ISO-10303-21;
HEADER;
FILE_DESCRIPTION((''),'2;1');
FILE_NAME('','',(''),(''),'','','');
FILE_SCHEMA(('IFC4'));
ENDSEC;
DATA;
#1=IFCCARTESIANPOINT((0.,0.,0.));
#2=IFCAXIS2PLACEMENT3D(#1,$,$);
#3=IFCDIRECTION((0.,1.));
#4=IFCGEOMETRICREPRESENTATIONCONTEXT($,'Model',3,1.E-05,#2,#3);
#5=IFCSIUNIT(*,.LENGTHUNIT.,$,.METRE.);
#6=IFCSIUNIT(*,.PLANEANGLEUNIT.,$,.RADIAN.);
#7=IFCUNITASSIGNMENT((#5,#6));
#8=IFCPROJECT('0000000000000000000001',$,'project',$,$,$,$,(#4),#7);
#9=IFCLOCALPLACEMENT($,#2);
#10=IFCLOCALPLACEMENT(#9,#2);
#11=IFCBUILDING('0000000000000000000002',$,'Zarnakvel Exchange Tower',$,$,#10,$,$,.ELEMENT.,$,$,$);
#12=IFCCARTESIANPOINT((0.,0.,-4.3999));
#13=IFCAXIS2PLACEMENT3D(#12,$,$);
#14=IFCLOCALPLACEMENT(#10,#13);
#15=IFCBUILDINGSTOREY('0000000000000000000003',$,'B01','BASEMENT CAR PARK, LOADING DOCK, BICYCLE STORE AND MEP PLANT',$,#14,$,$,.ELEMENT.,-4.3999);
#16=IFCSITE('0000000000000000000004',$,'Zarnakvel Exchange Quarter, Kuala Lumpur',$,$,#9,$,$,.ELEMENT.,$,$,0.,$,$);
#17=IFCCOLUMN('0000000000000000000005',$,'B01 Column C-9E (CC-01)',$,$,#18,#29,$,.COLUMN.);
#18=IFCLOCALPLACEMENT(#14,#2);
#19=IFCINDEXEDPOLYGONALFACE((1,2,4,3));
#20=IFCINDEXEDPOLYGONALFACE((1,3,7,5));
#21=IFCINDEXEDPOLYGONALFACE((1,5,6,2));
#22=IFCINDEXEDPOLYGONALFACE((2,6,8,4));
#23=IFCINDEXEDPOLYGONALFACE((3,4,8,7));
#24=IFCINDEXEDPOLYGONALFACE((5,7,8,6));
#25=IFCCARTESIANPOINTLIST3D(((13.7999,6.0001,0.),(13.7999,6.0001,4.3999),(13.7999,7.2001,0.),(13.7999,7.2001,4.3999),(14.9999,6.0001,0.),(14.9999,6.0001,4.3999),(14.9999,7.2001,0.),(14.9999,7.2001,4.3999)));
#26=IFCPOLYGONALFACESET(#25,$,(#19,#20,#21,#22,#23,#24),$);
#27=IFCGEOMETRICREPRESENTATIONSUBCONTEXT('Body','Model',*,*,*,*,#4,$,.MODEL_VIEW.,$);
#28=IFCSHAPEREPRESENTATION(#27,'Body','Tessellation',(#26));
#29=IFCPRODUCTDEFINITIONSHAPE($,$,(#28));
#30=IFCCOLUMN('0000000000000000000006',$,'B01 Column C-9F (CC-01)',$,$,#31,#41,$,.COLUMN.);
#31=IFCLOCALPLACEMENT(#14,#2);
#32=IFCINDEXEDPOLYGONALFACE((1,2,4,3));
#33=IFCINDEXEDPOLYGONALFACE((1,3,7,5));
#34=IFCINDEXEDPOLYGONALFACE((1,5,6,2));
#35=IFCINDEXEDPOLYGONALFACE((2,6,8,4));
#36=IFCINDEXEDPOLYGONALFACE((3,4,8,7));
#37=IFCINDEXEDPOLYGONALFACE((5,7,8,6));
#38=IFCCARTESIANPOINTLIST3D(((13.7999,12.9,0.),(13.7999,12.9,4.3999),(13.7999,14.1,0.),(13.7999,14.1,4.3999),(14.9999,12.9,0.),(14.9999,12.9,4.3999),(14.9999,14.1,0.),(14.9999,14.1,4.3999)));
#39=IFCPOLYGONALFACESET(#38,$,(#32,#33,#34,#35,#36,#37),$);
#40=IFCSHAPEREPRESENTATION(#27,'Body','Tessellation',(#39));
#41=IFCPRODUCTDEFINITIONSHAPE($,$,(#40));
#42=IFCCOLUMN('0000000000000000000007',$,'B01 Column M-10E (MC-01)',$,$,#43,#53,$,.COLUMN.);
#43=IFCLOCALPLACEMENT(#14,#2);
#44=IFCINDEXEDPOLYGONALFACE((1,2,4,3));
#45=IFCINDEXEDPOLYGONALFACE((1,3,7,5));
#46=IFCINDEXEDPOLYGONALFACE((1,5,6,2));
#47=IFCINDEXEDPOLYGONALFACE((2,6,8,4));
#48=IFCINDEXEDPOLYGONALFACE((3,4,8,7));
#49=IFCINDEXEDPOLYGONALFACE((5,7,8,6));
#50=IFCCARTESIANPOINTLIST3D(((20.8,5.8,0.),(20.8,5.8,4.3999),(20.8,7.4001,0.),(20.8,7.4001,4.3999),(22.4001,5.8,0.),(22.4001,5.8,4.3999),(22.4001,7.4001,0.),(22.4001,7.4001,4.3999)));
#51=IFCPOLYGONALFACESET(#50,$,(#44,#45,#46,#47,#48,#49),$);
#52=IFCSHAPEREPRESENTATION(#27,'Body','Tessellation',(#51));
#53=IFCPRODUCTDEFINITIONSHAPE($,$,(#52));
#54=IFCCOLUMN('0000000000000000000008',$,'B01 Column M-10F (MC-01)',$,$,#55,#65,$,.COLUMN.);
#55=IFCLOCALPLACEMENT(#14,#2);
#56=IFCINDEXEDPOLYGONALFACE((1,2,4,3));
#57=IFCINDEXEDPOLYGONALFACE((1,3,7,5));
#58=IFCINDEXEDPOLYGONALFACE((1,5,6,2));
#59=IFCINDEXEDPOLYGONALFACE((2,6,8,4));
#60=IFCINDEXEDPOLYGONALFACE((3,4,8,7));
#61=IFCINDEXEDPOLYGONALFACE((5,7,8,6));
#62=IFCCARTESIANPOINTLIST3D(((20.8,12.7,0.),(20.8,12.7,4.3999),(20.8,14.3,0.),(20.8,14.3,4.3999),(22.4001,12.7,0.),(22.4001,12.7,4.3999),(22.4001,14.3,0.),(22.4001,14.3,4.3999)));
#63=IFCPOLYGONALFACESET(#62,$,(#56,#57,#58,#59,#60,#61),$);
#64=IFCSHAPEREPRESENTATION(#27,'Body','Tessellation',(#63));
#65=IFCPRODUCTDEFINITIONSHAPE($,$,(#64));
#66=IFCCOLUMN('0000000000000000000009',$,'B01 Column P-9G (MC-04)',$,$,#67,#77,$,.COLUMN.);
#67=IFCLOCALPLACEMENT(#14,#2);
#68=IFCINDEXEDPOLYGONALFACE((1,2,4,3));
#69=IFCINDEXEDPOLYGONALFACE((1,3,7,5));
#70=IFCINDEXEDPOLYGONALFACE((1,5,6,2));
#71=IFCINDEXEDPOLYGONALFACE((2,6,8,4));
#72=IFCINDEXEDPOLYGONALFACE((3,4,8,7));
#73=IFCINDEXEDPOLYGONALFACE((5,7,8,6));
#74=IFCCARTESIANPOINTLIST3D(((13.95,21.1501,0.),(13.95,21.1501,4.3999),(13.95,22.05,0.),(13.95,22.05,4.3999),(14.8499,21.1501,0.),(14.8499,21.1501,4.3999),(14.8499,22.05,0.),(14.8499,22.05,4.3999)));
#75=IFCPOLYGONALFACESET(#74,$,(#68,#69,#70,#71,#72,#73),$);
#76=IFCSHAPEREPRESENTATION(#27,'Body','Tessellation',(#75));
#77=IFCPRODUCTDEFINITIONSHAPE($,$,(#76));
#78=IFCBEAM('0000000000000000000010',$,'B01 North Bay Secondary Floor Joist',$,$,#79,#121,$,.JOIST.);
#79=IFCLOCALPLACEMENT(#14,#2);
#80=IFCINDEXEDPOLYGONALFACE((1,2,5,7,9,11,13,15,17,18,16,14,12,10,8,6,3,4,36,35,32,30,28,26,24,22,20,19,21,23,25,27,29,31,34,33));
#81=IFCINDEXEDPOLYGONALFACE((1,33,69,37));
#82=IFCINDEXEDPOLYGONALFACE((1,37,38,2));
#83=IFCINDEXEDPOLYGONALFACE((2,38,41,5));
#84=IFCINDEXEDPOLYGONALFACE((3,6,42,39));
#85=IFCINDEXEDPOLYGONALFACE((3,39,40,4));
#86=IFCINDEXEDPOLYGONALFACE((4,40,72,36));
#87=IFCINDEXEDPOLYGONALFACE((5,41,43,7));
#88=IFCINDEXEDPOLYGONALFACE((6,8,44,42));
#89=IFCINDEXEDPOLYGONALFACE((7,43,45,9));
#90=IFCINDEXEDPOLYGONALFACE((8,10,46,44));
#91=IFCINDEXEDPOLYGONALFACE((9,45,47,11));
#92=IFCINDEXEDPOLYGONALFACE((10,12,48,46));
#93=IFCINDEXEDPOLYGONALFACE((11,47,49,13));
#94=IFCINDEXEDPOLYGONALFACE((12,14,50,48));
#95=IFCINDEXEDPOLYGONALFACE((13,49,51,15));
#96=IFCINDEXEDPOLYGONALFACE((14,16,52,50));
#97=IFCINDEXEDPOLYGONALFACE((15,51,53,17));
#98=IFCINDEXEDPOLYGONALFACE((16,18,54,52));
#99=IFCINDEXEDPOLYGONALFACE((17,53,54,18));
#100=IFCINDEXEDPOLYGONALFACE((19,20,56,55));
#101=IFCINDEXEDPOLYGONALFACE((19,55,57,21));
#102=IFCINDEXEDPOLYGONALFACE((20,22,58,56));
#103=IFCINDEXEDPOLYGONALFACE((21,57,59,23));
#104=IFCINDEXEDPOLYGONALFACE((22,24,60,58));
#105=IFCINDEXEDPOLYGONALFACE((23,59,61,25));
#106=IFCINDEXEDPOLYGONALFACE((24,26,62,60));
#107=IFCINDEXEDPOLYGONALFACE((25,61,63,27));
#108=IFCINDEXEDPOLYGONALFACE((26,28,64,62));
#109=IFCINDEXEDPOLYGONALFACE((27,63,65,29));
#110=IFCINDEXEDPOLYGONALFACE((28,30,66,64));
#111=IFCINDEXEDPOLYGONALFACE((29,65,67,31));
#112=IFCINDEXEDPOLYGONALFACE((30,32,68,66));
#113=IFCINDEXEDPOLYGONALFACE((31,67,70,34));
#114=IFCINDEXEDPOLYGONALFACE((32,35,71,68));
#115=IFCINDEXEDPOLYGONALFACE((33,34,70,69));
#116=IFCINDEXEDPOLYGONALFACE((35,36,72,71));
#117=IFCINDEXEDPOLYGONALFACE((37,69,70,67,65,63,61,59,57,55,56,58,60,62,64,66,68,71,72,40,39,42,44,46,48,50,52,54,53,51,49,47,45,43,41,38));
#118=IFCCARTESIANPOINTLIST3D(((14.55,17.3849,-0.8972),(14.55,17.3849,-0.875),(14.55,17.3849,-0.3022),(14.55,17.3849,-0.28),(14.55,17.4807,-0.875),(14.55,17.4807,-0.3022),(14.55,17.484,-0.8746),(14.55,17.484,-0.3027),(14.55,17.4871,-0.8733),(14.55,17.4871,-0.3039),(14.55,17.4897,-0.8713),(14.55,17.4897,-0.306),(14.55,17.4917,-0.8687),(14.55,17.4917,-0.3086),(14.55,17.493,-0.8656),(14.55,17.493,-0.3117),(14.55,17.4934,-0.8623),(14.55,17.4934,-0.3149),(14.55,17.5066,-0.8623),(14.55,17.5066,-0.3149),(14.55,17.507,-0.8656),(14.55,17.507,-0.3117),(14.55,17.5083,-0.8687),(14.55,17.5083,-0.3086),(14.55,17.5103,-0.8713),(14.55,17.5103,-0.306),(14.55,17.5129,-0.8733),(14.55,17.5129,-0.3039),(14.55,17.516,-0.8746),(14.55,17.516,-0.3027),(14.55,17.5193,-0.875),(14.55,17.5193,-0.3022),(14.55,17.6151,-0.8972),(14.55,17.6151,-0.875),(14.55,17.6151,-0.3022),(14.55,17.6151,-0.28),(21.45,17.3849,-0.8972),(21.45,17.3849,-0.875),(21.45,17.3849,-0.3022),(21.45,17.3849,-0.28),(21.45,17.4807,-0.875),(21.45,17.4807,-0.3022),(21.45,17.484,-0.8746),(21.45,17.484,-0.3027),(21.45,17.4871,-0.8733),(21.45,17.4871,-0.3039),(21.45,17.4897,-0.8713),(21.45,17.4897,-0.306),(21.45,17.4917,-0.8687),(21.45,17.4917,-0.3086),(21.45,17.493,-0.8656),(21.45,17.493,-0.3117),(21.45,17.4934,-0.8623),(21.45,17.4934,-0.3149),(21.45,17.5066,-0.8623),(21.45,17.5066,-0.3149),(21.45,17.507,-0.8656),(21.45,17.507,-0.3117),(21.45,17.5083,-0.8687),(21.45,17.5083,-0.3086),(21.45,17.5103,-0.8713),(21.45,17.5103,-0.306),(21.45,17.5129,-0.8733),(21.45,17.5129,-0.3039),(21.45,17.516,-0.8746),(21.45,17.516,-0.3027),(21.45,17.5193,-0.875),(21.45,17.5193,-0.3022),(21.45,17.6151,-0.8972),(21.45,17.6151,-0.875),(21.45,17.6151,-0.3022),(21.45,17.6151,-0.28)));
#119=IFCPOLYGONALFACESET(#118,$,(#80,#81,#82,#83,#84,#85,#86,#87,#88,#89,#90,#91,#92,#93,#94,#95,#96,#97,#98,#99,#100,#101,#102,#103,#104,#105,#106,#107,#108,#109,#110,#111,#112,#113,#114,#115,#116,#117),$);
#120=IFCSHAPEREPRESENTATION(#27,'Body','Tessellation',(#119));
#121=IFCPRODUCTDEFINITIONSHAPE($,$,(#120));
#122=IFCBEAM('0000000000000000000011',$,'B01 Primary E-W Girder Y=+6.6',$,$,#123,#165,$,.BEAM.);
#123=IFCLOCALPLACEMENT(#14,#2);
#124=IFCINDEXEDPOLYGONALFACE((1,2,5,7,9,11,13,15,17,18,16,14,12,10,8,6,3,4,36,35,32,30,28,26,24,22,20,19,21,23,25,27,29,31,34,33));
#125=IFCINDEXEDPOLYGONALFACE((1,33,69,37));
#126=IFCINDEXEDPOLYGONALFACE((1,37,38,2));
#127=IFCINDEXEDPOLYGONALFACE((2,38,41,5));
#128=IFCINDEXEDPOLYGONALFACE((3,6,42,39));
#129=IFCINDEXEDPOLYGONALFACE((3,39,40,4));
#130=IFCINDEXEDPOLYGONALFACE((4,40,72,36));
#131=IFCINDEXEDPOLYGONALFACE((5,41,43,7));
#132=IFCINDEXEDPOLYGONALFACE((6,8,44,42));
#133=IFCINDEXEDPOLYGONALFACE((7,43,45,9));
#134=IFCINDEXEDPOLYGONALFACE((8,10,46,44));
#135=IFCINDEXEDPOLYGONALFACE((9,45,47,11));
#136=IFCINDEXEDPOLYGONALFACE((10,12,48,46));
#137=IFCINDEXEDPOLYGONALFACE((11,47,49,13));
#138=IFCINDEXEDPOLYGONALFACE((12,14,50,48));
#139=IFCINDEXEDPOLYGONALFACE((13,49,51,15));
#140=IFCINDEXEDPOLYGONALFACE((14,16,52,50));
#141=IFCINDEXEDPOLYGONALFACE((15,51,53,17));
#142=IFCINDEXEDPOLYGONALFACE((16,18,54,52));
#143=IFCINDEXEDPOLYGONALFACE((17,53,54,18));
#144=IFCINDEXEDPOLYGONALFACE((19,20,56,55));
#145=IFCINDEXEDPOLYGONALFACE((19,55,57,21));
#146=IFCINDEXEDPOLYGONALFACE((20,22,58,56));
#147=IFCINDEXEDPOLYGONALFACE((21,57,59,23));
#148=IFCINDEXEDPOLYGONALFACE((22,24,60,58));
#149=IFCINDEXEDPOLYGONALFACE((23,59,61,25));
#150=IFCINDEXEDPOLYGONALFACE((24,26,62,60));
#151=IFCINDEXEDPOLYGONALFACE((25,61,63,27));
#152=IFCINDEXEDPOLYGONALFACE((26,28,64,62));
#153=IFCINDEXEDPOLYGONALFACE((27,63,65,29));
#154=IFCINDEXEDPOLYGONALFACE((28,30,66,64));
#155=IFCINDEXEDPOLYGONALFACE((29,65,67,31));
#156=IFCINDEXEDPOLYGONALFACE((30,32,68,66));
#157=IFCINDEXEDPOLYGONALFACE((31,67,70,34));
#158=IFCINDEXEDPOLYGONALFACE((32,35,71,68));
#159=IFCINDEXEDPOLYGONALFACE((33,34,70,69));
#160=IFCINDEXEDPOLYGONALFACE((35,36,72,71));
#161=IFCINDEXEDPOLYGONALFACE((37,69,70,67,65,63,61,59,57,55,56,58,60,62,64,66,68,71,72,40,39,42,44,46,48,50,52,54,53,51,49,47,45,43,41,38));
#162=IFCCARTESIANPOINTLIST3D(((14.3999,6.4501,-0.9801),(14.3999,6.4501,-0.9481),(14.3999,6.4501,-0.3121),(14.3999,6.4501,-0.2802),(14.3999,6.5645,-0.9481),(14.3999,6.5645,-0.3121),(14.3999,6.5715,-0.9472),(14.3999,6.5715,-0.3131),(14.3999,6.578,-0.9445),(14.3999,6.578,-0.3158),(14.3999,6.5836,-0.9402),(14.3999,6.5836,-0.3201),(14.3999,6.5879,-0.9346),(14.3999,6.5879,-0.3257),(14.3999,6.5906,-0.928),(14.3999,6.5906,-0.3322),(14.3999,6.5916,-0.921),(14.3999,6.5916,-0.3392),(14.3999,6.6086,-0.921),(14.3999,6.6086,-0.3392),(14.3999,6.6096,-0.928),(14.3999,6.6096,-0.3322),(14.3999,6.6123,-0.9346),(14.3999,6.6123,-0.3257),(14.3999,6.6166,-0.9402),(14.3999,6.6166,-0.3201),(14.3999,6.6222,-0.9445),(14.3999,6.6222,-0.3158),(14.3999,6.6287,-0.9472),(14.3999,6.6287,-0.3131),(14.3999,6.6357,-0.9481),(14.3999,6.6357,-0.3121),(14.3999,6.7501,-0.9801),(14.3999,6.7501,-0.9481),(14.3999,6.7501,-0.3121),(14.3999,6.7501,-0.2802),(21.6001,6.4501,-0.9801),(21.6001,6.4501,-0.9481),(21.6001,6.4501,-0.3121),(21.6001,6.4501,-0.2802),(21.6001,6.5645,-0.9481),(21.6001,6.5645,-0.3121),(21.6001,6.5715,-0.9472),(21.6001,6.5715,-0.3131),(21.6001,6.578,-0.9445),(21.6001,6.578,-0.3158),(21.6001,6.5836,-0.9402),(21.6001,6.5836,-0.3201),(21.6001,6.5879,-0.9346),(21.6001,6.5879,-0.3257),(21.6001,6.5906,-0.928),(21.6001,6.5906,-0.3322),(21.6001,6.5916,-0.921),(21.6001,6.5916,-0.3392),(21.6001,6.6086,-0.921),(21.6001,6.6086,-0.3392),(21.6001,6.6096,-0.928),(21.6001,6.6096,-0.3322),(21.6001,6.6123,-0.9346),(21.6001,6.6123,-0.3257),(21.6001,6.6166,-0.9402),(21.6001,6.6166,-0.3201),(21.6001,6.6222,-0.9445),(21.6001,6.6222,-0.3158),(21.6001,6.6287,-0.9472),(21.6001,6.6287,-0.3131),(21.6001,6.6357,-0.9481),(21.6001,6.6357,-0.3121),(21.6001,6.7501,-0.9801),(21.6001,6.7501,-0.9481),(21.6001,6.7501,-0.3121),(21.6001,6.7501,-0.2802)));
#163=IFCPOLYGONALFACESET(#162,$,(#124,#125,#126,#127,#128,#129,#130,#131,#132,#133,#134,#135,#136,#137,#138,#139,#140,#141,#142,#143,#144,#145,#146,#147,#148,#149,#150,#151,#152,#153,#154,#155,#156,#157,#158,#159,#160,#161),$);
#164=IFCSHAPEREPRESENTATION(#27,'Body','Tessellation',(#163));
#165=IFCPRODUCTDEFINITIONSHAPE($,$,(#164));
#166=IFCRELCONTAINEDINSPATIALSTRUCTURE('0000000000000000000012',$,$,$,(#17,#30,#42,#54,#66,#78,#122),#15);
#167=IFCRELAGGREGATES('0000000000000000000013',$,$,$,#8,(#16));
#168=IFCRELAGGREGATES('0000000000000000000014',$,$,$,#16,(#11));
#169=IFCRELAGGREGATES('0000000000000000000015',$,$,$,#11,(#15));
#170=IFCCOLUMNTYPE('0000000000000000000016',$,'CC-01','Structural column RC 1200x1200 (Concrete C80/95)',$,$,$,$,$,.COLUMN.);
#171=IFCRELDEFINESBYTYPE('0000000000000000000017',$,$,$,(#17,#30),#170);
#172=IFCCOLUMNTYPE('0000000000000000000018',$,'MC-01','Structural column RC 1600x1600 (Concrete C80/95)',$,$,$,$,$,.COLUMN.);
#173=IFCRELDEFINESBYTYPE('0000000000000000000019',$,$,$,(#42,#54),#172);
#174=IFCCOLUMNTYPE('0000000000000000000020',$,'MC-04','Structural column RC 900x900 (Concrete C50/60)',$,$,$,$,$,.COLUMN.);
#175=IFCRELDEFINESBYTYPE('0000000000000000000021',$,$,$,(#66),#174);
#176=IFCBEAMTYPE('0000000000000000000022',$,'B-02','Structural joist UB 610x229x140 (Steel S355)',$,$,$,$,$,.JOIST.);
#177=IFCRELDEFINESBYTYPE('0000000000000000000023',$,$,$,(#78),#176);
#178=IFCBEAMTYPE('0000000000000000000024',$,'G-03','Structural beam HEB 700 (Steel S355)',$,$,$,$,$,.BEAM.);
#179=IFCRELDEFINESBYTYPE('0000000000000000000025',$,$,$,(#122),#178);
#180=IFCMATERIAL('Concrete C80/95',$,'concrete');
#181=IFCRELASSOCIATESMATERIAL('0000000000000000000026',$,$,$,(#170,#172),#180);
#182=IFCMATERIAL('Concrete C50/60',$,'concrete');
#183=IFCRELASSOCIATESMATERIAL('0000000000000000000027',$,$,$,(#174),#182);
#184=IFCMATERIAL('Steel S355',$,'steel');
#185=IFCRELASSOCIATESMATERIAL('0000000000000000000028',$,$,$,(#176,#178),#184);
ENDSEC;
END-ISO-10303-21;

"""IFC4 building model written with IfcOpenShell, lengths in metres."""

from ifc_helpers import new_model, si_unit, direction, frame, origin, origin_2d, place, context, subcontext, project, spatial, rectangle, i_section, extrude, material, material_profile, profile_set, type_object, element, save


model = new_model("IFC4")

# Units and contexts
model_context = context("Model", 3, precision=1e-05, world=origin(), true_north=direction((0.0, 1.0)))
body_context = subcontext(model_context, "Body", "Model", "MODEL_VIEW")
ifc_project = project(units=[si_unit("LENGTHUNIT", "METRE"), si_unit("PLANEANGLEUNIT", "RADIAN")], contexts=[model_context])

# Site, building, storey
site_placement = place(None, origin())
site = spatial("IfcSite", under=ifc_project, at=site_placement, Name="Zarnakvel Exchange Quarter, Kuala Lumpur", CompositionType="ELEMENT", RefElevation=0.0)
building_placement = place(site_placement, origin())
building = spatial("IfcBuilding", under=site, at=building_placement, Name="Zarnakvel Exchange Tower", CompositionType="ELEMENT")
storey_placement = place(building_placement, frame((0.0, 0.0, -4.3999)))
storey = spatial("IfcBuildingStorey", under=building, at=storey_placement, Name="B01", Description="BASEMENT CAR PARK, LOADING DOCK, BICYCLE STORE AND MEP PLANT", CompositionType="ELEMENT", Elevation=-4.3999)

# Columns
ifc_material_1 = material(Name="Concrete C80/95", Category="concrete")
ifc_material_profile_1 = material_profile(ifc_material_1, rectangle(XDim=1.2, YDim=1.2, at=origin_2d()))
ifc_profile_set_1 = profile_set([ifc_material_profile_1], Name="Concrete C80/95")
column_type_1 = type_object("IfcColumnType", Name="CC-01", Description="Structural column RC 1200x1200 (Concrete C80/95)", PredefinedType="COLUMN", material=ifc_profile_set_1)
for number, where, z_axis, x_axis, name in (
    (1, (14.3999, 6.6001, 0.0), (0.0, 0.0, 1.0), (1.0, 0.0, 0.0), "B01 Column C-9E (CC-01)"),
    (2, (14.3999, 13.5, 0.0), (0.0, 0.0, 1.0), (1.0, 0.0, 0.0), "B01 Column C-9F (CC-01)"),
):
    element("IfcColumn", number, at=place(storey_placement, frame(where, z_axis=z_axis, x_axis=x_axis)), inside=storey, type_object=column_type_1, Name=name, PredefinedType="COLUMN", context=body_context, shape_type="SweptSolid", body=[
        extrude(rectangle(XDim=1.2, YDim=1.2, at=origin_2d()), origin(), (0.0, 0.0, 1.0), 4.3999),
    ])
ifc_material_profile_2 = material_profile(ifc_material_1, rectangle(XDim=1.6001, YDim=1.6001, at=origin_2d()))
ifc_profile_set_2 = profile_set([ifc_material_profile_2], Name="Concrete C80/95")
column_type_2 = type_object("IfcColumnType", Name="MC-01", Description="Structural column RC 1600x1600 (Concrete C80/95)", PredefinedType="COLUMN", material=ifc_profile_set_2)
for number, where, z_axis, x_axis, name in (
    (3, (21.6001, 6.6001, 0.0), (0.0, 0.0, 1.0), (1.0, 0.0, 0.0), "B01 Column M-10E (MC-01)"),
    (4, (21.6001, 13.5, 0.0), (0.0, 0.0, 1.0), (1.0, 0.0, 0.0), "B01 Column M-10F (MC-01)"),
):
    element("IfcColumn", number, at=place(storey_placement, frame(where, z_axis=z_axis, x_axis=x_axis)), inside=storey, type_object=column_type_2, Name=name, PredefinedType="COLUMN", context=body_context, shape_type="SweptSolid", body=[
        extrude(rectangle(XDim=1.6001, YDim=1.6001, at=origin_2d()), origin(), (0.0, 0.0, 1.0), 4.3999),
    ])
ifc_material_2 = material(Name="Concrete C50/60", Category="concrete")
ifc_material_profile_3 = material_profile(ifc_material_2, rectangle(XDim=0.8999, YDim=0.8999, at=origin_2d()))
ifc_profile_set_3 = profile_set([ifc_material_profile_3], Name="Concrete C50/60")
column_type_3 = type_object("IfcColumnType", Name="MC-04", Description="Structural column RC 900x900 (Concrete C50/60)", PredefinedType="COLUMN", material=ifc_profile_set_3)
column_placement = place(storey_placement, frame((14.3999, 21.6001, 0.0), z_axis=(0.0, 0.0, 1.0), x_axis=(1.0, 0.0, 0.0)))
element("IfcColumn", 5, at=column_placement, inside=storey, type_object=column_type_3, Name="B01 Column P-9G (MC-04)", PredefinedType="COLUMN", context=body_context, shape_type="SweptSolid", body=[
    extrude(rectangle(XDim=0.8999, YDim=0.8999, at=origin_2d()), origin(), (0.0, 0.0, 1.0), 4.3999),
])

# Beams
ifc_material_3 = material(Name="Steel S355", Category="steel")
ifc_material_profile_4 = material_profile(ifc_material_3, i_section(OverallWidth=0.2302, OverallDepth=0.6172, WebThickness=0.0132, FlangeThickness=0.0222, FilletRadius=0.0127, at=origin_2d()))
ifc_profile_set_4 = profile_set([ifc_material_profile_4], Name="Steel S355")
beam_type_1 = type_object("IfcBeamType", Name="B-02", Description="Structural joist UB 610x229x140 (Steel S355)", PredefinedType="JOIST", material=ifc_profile_set_4)
beam_1_placement = place(storey_placement, frame((14.55, 17.5, -0.5886), z_axis=(1.0, 0.0, 0.0), x_axis=(0.0, 1.0, 0.0)))
element("IfcBeam", 6, at=beam_1_placement, inside=storey, type_object=beam_type_1, Name="B01 North Bay Secondary Floor Joist", PredefinedType="JOIST", context=body_context, shape_type="SweptSolid", body=[
    extrude(i_section(OverallWidth=0.2302, OverallDepth=0.6172, WebThickness=0.0132, FlangeThickness=0.0222, FilletRadius=0.0127, at=origin_2d()), origin(), (0.0, 0.0, 1.0), 6.8999),
])
ifc_material_profile_5 = material_profile(ifc_material_3, i_section(OverallWidth=0.3, OverallDepth=0.7, WebThickness=0.0171, FlangeThickness=0.032, FilletRadius=0.0271, at=origin_2d()))
ifc_profile_set_5 = profile_set([ifc_material_profile_5], Name="Steel S355")
beam_type_2 = type_object("IfcBeamType", Name="G-03", Description="Structural beam HEB 700 (Steel S355)", PredefinedType="BEAM", material=ifc_profile_set_5)
beam_2_placement = place(storey_placement, frame((14.3999, 6.6001, -0.6301), z_axis=(1.0, 0.0, 0.0), x_axis=(0.0, 1.0, 0.0)))
element("IfcBeam", 7, at=beam_2_placement, inside=storey, type_object=beam_type_2, Name="B01 Primary E-W Girder Y=+6.6", PredefinedType="BEAM", context=body_context, shape_type="SweptSolid", body=[
    extrude(i_section(OverallWidth=0.3, OverallDepth=0.7, WebThickness=0.0171, FlangeThickness=0.032, FilletRadius=0.0271, at=origin_2d()), origin(), (0.0, 0.0, 1.0), 7.2002),
])

save(model, "model.ifc")
